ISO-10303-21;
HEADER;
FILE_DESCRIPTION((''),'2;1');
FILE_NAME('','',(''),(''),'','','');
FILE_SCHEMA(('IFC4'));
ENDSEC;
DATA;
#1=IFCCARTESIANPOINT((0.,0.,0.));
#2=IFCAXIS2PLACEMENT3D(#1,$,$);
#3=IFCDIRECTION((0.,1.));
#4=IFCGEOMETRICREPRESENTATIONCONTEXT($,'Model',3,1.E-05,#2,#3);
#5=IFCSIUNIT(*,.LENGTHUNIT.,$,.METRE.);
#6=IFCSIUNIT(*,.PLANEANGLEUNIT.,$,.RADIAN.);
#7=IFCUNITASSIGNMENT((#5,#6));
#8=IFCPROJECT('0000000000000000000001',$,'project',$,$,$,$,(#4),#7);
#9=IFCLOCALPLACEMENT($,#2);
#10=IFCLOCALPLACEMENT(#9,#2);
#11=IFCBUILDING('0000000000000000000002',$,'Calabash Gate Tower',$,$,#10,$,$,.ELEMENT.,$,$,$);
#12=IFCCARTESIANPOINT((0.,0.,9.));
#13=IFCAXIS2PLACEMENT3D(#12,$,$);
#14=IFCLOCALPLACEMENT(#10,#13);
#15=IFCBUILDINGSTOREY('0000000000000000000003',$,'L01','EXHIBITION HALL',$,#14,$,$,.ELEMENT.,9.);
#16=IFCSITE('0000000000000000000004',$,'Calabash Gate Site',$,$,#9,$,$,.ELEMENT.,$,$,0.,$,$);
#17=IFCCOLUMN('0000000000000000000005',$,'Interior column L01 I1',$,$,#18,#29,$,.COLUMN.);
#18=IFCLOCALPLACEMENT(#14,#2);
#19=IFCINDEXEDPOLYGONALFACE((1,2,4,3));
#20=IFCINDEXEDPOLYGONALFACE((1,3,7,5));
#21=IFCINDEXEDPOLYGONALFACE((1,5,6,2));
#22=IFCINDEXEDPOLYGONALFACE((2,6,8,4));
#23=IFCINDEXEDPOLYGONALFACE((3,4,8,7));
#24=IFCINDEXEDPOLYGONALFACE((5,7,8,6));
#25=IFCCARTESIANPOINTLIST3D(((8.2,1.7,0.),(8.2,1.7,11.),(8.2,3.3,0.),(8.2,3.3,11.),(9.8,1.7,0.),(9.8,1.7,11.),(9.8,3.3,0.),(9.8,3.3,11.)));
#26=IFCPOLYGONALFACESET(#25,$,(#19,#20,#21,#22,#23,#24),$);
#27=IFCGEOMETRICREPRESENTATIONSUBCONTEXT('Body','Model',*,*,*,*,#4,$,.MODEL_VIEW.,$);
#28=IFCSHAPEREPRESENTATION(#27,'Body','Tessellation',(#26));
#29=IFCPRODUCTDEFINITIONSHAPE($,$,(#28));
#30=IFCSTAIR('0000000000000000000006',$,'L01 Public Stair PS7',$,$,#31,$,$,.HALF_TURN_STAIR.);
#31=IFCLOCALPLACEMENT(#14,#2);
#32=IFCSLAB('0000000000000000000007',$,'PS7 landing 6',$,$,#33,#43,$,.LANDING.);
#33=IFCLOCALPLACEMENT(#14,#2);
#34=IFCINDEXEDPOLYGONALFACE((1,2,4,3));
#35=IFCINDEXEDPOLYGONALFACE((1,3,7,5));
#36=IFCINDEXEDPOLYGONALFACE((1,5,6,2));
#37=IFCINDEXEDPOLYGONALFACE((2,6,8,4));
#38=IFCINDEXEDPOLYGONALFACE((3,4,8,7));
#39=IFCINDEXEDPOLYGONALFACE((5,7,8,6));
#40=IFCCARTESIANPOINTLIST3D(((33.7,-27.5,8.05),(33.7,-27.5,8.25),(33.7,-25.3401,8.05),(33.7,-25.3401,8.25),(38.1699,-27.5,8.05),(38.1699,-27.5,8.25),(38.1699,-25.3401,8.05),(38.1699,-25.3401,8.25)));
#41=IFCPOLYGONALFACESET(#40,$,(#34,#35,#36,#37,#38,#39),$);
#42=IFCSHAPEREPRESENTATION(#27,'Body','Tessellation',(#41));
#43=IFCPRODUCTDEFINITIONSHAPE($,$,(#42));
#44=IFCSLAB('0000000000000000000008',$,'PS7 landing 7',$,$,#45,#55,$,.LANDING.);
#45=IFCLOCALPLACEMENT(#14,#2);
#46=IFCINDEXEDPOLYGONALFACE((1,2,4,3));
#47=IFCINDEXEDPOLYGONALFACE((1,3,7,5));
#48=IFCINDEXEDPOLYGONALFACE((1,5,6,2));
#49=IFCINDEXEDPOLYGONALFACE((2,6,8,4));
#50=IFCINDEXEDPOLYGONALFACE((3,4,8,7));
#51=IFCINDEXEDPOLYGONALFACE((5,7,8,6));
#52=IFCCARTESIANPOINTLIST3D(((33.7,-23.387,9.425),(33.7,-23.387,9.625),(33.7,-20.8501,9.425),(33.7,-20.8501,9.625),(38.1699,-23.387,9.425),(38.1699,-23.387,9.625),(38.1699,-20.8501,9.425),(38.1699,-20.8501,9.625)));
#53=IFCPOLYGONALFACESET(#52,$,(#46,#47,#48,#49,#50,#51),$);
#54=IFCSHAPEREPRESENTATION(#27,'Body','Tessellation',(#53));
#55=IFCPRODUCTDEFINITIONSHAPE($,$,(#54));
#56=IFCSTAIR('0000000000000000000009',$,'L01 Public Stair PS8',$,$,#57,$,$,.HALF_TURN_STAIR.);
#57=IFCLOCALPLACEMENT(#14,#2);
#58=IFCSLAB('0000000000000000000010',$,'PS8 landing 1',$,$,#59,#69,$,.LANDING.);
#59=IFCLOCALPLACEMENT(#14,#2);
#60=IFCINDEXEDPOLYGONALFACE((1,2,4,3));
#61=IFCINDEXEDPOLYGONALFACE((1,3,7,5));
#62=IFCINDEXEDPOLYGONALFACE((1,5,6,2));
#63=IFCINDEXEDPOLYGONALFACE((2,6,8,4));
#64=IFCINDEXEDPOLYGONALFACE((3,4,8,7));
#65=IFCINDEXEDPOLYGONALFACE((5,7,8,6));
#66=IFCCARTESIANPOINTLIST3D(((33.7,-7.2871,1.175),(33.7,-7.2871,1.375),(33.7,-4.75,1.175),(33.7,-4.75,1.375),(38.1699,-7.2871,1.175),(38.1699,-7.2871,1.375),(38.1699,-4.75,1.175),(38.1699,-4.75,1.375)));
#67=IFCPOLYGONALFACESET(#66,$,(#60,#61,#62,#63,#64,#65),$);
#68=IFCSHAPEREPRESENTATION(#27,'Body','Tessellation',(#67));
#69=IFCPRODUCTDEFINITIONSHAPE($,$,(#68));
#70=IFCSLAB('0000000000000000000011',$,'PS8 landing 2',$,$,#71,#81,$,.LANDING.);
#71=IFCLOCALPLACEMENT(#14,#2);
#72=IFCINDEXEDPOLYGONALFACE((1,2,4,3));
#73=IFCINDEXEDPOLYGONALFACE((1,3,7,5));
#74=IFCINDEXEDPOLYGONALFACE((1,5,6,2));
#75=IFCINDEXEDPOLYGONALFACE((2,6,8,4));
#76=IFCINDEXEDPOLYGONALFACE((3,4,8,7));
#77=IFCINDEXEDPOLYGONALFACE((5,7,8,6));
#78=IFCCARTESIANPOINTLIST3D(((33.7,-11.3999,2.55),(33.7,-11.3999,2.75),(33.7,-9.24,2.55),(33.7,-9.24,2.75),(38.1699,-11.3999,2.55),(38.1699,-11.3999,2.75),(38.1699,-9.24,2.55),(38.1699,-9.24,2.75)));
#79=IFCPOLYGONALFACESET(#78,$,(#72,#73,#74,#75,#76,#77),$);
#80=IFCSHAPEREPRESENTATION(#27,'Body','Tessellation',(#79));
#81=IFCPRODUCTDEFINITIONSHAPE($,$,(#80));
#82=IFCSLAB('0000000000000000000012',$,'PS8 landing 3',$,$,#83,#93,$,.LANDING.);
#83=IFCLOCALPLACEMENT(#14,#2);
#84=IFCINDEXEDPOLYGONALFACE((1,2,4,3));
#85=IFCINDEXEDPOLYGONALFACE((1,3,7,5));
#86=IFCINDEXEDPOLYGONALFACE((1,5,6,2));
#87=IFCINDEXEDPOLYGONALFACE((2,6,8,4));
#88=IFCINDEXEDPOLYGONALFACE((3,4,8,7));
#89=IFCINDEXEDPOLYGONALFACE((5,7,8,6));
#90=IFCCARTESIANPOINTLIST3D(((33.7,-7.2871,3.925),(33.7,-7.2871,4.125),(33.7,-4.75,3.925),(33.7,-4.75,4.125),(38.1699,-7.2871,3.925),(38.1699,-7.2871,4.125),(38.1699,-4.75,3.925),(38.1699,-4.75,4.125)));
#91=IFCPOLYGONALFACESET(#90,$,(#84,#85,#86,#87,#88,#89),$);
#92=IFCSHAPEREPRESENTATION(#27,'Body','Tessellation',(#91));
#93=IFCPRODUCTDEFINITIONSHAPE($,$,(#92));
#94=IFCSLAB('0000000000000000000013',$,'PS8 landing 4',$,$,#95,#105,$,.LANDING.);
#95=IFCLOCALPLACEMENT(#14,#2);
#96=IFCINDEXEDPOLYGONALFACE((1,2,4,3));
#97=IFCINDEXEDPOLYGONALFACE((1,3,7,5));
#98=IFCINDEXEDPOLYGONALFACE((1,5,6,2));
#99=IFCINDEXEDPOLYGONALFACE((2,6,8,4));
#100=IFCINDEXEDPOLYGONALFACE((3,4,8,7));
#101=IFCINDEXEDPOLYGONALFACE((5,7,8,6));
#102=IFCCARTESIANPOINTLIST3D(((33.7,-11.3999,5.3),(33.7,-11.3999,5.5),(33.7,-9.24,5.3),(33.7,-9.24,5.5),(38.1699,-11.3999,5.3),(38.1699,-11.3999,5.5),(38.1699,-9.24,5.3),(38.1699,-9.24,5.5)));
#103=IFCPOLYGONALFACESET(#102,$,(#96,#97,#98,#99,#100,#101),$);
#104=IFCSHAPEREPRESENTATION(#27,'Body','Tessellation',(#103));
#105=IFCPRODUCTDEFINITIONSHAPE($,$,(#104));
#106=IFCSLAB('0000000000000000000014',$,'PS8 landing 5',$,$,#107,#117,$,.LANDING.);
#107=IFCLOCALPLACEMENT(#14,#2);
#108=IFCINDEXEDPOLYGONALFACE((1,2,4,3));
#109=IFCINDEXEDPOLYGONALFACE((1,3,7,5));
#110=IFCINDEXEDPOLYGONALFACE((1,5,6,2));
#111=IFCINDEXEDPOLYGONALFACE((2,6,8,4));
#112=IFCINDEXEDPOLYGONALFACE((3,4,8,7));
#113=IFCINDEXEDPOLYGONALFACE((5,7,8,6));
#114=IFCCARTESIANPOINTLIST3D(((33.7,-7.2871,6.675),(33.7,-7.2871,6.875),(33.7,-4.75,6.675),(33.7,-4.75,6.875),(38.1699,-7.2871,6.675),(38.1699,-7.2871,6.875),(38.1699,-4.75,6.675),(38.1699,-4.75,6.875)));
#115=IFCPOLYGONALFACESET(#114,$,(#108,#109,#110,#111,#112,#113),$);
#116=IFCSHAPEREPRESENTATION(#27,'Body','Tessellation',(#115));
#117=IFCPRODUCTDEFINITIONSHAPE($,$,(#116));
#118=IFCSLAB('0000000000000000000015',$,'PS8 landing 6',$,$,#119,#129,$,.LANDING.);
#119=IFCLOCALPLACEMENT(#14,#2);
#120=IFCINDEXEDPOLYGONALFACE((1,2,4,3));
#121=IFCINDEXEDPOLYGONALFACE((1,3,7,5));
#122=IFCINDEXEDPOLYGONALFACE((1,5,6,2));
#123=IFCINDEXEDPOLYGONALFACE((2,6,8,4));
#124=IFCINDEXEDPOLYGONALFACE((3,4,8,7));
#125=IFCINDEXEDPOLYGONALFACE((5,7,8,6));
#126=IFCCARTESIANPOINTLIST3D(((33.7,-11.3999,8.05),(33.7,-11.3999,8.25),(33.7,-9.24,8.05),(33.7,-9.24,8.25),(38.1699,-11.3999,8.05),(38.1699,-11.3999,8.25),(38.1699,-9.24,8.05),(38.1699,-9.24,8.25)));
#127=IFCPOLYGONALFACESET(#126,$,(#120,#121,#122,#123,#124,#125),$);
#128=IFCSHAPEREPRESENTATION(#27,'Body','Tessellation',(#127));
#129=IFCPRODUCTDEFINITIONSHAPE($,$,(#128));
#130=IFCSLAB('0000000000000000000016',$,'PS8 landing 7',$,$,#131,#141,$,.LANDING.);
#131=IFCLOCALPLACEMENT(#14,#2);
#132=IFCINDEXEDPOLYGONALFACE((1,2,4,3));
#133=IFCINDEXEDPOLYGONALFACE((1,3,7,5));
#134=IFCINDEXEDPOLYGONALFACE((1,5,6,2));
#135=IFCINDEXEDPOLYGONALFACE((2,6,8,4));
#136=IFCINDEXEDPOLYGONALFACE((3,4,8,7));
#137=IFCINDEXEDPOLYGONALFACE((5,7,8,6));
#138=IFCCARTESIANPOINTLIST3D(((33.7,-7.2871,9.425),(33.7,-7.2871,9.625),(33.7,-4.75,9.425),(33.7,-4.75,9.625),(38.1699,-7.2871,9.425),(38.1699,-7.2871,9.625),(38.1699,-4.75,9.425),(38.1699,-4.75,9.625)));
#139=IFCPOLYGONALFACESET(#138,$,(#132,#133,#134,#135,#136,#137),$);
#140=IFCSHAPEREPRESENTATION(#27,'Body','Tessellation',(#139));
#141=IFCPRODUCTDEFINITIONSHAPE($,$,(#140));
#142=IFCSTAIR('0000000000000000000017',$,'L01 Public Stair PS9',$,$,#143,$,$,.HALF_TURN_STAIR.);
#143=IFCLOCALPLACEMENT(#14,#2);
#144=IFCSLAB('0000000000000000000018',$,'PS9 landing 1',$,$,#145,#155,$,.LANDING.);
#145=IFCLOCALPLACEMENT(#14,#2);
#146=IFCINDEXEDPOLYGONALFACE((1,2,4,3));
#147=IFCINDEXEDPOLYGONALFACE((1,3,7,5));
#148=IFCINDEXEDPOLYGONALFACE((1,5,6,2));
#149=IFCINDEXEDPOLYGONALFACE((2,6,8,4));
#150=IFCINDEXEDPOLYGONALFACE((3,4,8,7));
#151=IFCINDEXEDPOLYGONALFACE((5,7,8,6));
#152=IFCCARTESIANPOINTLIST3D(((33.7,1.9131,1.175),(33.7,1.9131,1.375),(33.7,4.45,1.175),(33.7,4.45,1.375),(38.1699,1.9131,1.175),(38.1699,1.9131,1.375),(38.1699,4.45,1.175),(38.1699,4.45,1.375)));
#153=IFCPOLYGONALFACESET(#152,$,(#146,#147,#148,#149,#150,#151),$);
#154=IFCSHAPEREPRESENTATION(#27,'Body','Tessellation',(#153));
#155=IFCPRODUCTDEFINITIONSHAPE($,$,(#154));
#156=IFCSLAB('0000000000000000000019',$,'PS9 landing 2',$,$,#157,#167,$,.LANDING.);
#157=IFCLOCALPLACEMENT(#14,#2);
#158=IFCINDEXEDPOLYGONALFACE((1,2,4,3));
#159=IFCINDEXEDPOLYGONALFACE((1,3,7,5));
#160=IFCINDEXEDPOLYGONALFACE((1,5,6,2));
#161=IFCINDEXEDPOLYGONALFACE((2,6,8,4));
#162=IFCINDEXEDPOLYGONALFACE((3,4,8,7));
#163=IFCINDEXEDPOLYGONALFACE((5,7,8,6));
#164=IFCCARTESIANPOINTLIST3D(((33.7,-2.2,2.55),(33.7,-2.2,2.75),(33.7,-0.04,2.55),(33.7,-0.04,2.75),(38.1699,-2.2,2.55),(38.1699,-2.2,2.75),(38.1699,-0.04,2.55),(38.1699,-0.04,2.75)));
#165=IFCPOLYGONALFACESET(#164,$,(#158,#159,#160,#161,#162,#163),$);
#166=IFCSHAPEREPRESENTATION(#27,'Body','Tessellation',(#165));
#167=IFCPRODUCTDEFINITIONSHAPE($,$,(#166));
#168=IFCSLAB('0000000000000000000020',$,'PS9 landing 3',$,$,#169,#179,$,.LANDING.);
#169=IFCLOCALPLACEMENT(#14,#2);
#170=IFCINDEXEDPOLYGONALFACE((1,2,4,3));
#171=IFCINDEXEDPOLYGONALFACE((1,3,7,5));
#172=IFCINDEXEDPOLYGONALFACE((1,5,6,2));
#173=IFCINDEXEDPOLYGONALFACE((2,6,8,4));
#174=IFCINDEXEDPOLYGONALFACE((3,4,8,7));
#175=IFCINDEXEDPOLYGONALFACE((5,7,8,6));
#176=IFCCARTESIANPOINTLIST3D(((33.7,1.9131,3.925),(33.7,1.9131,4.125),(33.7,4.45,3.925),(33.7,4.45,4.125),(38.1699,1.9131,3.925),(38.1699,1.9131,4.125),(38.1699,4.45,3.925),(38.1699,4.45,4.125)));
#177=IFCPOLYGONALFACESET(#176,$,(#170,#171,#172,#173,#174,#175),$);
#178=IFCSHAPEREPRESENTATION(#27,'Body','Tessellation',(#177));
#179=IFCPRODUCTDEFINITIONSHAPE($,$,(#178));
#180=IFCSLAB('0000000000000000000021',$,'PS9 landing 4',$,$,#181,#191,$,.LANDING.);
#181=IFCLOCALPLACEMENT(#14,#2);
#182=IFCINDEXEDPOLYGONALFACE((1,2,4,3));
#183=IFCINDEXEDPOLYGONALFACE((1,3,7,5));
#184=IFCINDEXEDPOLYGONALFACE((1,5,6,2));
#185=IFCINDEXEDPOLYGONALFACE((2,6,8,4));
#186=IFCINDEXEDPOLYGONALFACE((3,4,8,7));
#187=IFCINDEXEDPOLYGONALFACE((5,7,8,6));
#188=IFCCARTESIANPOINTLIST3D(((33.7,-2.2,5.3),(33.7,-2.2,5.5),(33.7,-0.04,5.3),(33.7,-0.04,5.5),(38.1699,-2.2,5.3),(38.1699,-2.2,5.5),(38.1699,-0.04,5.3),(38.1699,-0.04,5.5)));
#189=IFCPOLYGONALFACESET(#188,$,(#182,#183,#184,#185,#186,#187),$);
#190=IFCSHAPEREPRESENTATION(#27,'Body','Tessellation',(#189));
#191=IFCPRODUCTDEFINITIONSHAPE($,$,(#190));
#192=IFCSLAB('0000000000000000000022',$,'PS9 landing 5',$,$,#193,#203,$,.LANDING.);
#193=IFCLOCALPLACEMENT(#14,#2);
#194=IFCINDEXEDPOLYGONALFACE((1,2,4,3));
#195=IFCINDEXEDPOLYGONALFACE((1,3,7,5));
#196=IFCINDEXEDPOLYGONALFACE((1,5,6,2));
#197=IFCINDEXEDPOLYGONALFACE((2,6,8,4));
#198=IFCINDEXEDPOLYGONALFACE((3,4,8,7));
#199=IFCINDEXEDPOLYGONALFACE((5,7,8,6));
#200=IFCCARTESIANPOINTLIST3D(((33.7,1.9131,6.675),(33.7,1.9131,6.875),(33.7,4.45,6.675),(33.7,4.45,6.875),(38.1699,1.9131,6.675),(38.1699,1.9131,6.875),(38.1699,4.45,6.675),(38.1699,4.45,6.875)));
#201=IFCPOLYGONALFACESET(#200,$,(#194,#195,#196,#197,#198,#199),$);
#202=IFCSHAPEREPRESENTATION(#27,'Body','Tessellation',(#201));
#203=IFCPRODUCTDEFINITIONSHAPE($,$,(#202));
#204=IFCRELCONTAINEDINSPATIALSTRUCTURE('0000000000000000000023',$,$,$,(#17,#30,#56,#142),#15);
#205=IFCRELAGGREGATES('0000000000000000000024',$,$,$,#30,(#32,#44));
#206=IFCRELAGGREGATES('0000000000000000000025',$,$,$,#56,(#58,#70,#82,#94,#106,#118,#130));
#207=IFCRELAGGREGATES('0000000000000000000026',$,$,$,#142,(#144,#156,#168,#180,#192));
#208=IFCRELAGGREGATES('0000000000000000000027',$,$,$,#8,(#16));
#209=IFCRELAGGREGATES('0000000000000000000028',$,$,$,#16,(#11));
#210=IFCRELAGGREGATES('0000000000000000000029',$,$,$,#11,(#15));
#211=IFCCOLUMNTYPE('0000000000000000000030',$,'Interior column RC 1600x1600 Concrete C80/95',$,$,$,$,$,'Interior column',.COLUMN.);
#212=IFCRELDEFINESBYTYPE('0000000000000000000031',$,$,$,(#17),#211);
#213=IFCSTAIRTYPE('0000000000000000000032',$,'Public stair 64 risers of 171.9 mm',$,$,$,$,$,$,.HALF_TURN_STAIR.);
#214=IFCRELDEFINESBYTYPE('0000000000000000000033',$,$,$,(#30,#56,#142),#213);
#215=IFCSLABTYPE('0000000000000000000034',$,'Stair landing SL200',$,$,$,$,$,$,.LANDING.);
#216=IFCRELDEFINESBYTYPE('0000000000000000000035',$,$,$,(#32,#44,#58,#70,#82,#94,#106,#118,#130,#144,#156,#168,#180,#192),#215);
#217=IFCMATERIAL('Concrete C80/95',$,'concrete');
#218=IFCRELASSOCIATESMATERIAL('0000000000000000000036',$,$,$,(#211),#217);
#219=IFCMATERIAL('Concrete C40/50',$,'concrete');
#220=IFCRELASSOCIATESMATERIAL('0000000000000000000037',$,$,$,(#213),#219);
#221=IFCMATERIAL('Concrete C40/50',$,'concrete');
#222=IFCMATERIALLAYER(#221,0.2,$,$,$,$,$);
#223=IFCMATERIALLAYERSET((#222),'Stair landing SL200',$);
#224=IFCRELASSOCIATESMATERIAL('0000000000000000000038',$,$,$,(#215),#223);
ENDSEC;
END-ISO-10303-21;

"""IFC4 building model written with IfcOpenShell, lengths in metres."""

from ifc_helpers import new_model, si_unit, direction, frame, origin, origin_2d, place, context, subcontext, project, spatial, polyline, rectangle, outline, extrude, material, layer, layer_set, material_profile, profile_set, type_object, element, aggregate, save


model = new_model("IFC4")

# Units and contexts
model_context = context("Model", 3, precision=1e-05, world=origin(), true_north=direction((0.0, 1.0)))
body_context = subcontext(model_context, "Body", "Model", "MODEL_VIEW")
ifc_project = project(units=[si_unit("LENGTHUNIT", "METRE"), si_unit("PLANEANGLEUNIT", "RADIAN")], contexts=[model_context])

# Site, building, storey
site_placement = place(None, origin())
site = spatial("IfcSite", under=ifc_project, at=site_placement, Name="Calabash Gate Site", CompositionType="ELEMENT", RefElevation=0.0)
building_placement = place(site_placement, origin())
building = spatial("IfcBuilding", under=site, at=building_placement, Name="Calabash Gate Tower", CompositionType="ELEMENT")
storey_placement = place(building_placement, frame((0.0, 0.0, 9.0)))
storey = spatial("IfcBuildingStorey", under=building, at=storey_placement, Name="L01", Description="EXHIBITION HALL", CompositionType="ELEMENT", Elevation=9.0)

# Column
ifc_material_1 = material(Name="Concrete C80/95", Category="concrete")
ifc_material_profile = material_profile(ifc_material_1, rectangle(XDim=1.6001, YDim=1.6001, at=origin_2d()))
ifc_profile_set = profile_set([ifc_material_profile], Name="Concrete C80/95")
column_type = type_object("IfcColumnType", Name="Interior column RC 1600x1600 Concrete C80/95", ElementType="Interior column", PredefinedType="COLUMN", material=ifc_profile_set)
column_placement = place(storey_placement, frame((9.0, 2.5, 0.0), z_axis=(0.0, 0.0, 1.0), x_axis=(1.0, 0.0, 0.0)))
element("IfcColumn", 1, at=column_placement, inside=storey, type_object=column_type, Name="Interior column L01 I1", PredefinedType="COLUMN", context=body_context, shape_type="SweptSolid", body=[
    extrude(rectangle(XDim=1.6001, YDim=1.6001, at=origin_2d()), origin(), (0.0, 0.0, 1.0), 11.0),
])

# Stairs, slabs
ifc_material_2 = material(Name="Concrete C40/50", Category="concrete")
stair_type = type_object("IfcStairType", Name="Public stair 64 risers of 171.9 mm", PredefinedType="HALF_TURN_STAIR", material=ifc_material_2)
stair_1_placement = place(storey_placement, origin())
stair_1 = element("IfcStair", 2, at=stair_1_placement, inside=storey, type_object=stair_type, Name="L01 Public Stair PS7", PredefinedType="HALF_TURN_STAIR")
ifc_material_3 = material(Name="Concrete C40/50", Category="concrete")
ifc_layer_1 = layer(ifc_material_3, 0.2)
ifc_layer_set_1 = layer_set([ifc_layer_1], Name="Stair landing SL200")
slab_type = type_object("IfcSlabType", Name="Stair landing SL200", PredefinedType="LANDING", material=ifc_layer_set_1)
slab_1_placement = place(storey_placement, frame((0.0, 0.0, 8.05)))
slab_1 = element("IfcSlab", 3, at=slab_1_placement, type_object=slab_type, Name="PS7 landing 6", PredefinedType="LANDING", context=body_context, shape_type="SweptSolid", body=[
    extrude(outline(polyline([(38.1699, -27.5), (38.1699, -25.3401), (33.7, -25.3401), (33.7, -27.5), (38.1699, -27.5)])), origin(), (0.0, 0.0, 1.0), 0.2),
])
slab_2_placement = place(storey_placement, frame((0.0, 0.0, 9.425)))
slab_2 = element("IfcSlab", 4, at=slab_2_placement, type_object=slab_type, Name="PS7 landing 7", PredefinedType="LANDING", context=body_context, shape_type="SweptSolid", body=[
    extrude(outline(polyline([(38.1699, -23.387), (38.1699, -20.8501), (33.7, -20.8501), (33.7, -23.387), (38.1699, -23.387)])), origin(), (0.0, 0.0, 1.0), 0.2),
])
aggregate(stair_1, [slab_1, slab_2])
stair_2_placement = place(storey_placement, origin())
stair_2 = element("IfcStair", 5, at=stair_2_placement, inside=storey, type_object=stair_type, Name="L01 Public Stair PS8", PredefinedType="HALF_TURN_STAIR")
slab_3_placement = place(storey_placement, frame((0.0, 0.0, 1.175)))
slab_3 = element("IfcSlab", 6, at=slab_3_placement, type_object=slab_type, Name="PS8 landing 1", PredefinedType="LANDING", context=body_context, shape_type="SweptSolid", body=[
    extrude(outline(polyline([(38.1699, -7.2871), (38.1699, -4.75), (33.7, -4.75), (33.7, -7.2871), (38.1699, -7.2871)])), origin(), (0.0, 0.0, 1.0), 0.2),
])
slab_4_placement = place(storey_placement, frame((0.0, 0.0, 2.55)))
slab_4 = element("IfcSlab", 7, at=slab_4_placement, type_object=slab_type, Name="PS8 landing 2", PredefinedType="LANDING", context=body_context, shape_type="SweptSolid", body=[
    extrude(outline(polyline([(38.1699, -11.3999), (38.1699, -9.24), (33.7, -9.24), (33.7, -11.3999), (38.1699, -11.3999)])), origin(), (0.0, 0.0, 1.0), 0.2),
])
slab_5_placement = place(storey_placement, frame((0.0, 0.0, 3.925)))
slab_5 = element("IfcSlab", 8, at=slab_5_placement, type_object=slab_type, Name="PS8 landing 3", PredefinedType="LANDING", context=body_context, shape_type="SweptSolid", body=[
    extrude(outline(polyline([(38.1699, -7.2871), (38.1699, -4.75), (33.7, -4.75), (33.7, -7.2871), (38.1699, -7.2871)])), origin(), (0.0, 0.0, 1.0), 0.2),
])
slab_6_placement = place(storey_placement, frame((0.0, 0.0, 5.3)))
slab_6 = element("IfcSlab", 9, at=slab_6_placement, type_object=slab_type, Name="PS8 landing 4", PredefinedType="LANDING", context=body_context, shape_type="SweptSolid", body=[
    extrude(outline(polyline([(38.1699, -11.3999), (38.1699, -9.24), (33.7, -9.24), (33.7, -11.3999), (38.1699, -11.3999)])), origin(), (0.0, 0.0, 1.0), 0.2),
])
slab_7_placement = place(storey_placement, frame((0.0, 0.0, 6.675)))
slab_7 = element("IfcSlab", 10, at=slab_7_placement, type_object=slab_type, Name="PS8 landing 5", PredefinedType="LANDING", context=body_context, shape_type="SweptSolid", body=[
    extrude(outline(polyline([(38.1699, -7.2871), (38.1699, -4.75), (33.7, -4.75), (33.7, -7.2871), (38.1699, -7.2871)])), origin(), (0.0, 0.0, 1.0), 0.2),
])
slab_8_placement = place(storey_placement, frame((0.0, 0.0, 8.05)))
slab_8 = element("IfcSlab", 11, at=slab_8_placement, type_object=slab_type, Name="PS8 landing 6", PredefinedType="LANDING", context=body_context, shape_type="SweptSolid", body=[
    extrude(outline(polyline([(38.1699, -11.3999), (38.1699, -9.24), (33.7, -9.24), (33.7, -11.3999), (38.1699, -11.3999)])), origin(), (0.0, 0.0, 1.0), 0.2),
])
slab_9_placement = place(storey_placement, frame((0.0, 0.0, 9.425)))
slab_9 = element("IfcSlab", 12, at=slab_9_placement, type_object=slab_type, Name="PS8 landing 7", PredefinedType="LANDING", context=body_context, shape_type="SweptSolid", body=[
    extrude(outline(polyline([(38.1699, -7.2871), (38.1699, -4.75), (33.7, -4.75), (33.7, -7.2871), (38.1699, -7.2871)])), origin(), (0.0, 0.0, 1.0), 0.2),
])
aggregate(stair_2, [slab_3, slab_4, slab_5, slab_6, slab_7, slab_8, slab_9])
stair_3_placement = place(storey_placement, origin())
stair_3 = element("IfcStair", 13, at=stair_3_placement, inside=storey, type_object=stair_type, Name="L01 Public Stair PS9", PredefinedType="HALF_TURN_STAIR")
slab_10_placement = place(storey_placement, frame((0.0, 0.0, 1.175)))
slab_10 = element("IfcSlab", 14, at=slab_10_placement, type_object=slab_type, Name="PS9 landing 1", PredefinedType="LANDING", context=body_context, shape_type="SweptSolid", body=[
    extrude(outline(polyline([(38.1699, 1.9131), (38.1699, 4.45), (33.7, 4.45), (33.7, 1.9131), (38.1699, 1.9131)])), origin(), (0.0, 0.0, 1.0), 0.2),
])
slab_11_placement = place(storey_placement, frame((0.0, 0.0, 2.55)))
slab_11 = element("IfcSlab", 15, at=slab_11_placement, type_object=slab_type, Name="PS9 landing 2", PredefinedType="LANDING", context=body_context, shape_type="SweptSolid", body=[
    extrude(outline(polyline([(38.1699, -2.2), (38.1699, -0.04), (33.7, -0.04), (33.7, -2.2), (38.1699, -2.2)])), origin(), (0.0, 0.0, 1.0), 0.2),
])
slab_12_placement = place(storey_placement, frame((0.0, 0.0, 3.925)))
slab_12 = element("IfcSlab", 16, at=slab_12_placement, type_object=slab_type, Name="PS9 landing 3", PredefinedType="LANDING", context=body_context, shape_type="SweptSolid", body=[
    extrude(outline(polyline([(38.1699, 1.9131), (38.1699, 4.45), (33.7, 4.45), (33.7, 1.9131), (38.1699, 1.9131)])), origin(), (0.0, 0.0, 1.0), 0.2),
])
slab_13_placement = place(storey_placement, frame((0.0, 0.0, 5.3)))
slab_13 = element("IfcSlab", 17, at=slab_13_placement, type_object=slab_type, Name="PS9 landing 4", PredefinedType="LANDING", context=body_context, shape_type="SweptSolid", body=[
    extrude(outline(polyline([(38.1699, -2.2), (38.1699, -0.04), (33.7, -0.04), (33.7, -2.2), (38.1699, -2.2)])), origin(), (0.0, 0.0, 1.0), 0.2),
])
slab_14_placement = place(storey_placement, frame((0.0, 0.0, 6.675)))
slab_14 = element("IfcSlab", 18, at=slab_14_placement, type_object=slab_type, Name="PS9 landing 5", PredefinedType="LANDING", context=body_context, shape_type="SweptSolid", body=[
    extrude(outline(polyline([(38.1699, 1.9131), (38.1699, 4.45), (33.7, 4.45), (33.7, 1.9131), (38.1699, 1.9131)])), origin(), (0.0, 0.0, 1.0), 0.2),
])
aggregate(stair_3, [slab_10, slab_11, slab_12, slab_13, slab_14])

save(model, "model.ifc")
